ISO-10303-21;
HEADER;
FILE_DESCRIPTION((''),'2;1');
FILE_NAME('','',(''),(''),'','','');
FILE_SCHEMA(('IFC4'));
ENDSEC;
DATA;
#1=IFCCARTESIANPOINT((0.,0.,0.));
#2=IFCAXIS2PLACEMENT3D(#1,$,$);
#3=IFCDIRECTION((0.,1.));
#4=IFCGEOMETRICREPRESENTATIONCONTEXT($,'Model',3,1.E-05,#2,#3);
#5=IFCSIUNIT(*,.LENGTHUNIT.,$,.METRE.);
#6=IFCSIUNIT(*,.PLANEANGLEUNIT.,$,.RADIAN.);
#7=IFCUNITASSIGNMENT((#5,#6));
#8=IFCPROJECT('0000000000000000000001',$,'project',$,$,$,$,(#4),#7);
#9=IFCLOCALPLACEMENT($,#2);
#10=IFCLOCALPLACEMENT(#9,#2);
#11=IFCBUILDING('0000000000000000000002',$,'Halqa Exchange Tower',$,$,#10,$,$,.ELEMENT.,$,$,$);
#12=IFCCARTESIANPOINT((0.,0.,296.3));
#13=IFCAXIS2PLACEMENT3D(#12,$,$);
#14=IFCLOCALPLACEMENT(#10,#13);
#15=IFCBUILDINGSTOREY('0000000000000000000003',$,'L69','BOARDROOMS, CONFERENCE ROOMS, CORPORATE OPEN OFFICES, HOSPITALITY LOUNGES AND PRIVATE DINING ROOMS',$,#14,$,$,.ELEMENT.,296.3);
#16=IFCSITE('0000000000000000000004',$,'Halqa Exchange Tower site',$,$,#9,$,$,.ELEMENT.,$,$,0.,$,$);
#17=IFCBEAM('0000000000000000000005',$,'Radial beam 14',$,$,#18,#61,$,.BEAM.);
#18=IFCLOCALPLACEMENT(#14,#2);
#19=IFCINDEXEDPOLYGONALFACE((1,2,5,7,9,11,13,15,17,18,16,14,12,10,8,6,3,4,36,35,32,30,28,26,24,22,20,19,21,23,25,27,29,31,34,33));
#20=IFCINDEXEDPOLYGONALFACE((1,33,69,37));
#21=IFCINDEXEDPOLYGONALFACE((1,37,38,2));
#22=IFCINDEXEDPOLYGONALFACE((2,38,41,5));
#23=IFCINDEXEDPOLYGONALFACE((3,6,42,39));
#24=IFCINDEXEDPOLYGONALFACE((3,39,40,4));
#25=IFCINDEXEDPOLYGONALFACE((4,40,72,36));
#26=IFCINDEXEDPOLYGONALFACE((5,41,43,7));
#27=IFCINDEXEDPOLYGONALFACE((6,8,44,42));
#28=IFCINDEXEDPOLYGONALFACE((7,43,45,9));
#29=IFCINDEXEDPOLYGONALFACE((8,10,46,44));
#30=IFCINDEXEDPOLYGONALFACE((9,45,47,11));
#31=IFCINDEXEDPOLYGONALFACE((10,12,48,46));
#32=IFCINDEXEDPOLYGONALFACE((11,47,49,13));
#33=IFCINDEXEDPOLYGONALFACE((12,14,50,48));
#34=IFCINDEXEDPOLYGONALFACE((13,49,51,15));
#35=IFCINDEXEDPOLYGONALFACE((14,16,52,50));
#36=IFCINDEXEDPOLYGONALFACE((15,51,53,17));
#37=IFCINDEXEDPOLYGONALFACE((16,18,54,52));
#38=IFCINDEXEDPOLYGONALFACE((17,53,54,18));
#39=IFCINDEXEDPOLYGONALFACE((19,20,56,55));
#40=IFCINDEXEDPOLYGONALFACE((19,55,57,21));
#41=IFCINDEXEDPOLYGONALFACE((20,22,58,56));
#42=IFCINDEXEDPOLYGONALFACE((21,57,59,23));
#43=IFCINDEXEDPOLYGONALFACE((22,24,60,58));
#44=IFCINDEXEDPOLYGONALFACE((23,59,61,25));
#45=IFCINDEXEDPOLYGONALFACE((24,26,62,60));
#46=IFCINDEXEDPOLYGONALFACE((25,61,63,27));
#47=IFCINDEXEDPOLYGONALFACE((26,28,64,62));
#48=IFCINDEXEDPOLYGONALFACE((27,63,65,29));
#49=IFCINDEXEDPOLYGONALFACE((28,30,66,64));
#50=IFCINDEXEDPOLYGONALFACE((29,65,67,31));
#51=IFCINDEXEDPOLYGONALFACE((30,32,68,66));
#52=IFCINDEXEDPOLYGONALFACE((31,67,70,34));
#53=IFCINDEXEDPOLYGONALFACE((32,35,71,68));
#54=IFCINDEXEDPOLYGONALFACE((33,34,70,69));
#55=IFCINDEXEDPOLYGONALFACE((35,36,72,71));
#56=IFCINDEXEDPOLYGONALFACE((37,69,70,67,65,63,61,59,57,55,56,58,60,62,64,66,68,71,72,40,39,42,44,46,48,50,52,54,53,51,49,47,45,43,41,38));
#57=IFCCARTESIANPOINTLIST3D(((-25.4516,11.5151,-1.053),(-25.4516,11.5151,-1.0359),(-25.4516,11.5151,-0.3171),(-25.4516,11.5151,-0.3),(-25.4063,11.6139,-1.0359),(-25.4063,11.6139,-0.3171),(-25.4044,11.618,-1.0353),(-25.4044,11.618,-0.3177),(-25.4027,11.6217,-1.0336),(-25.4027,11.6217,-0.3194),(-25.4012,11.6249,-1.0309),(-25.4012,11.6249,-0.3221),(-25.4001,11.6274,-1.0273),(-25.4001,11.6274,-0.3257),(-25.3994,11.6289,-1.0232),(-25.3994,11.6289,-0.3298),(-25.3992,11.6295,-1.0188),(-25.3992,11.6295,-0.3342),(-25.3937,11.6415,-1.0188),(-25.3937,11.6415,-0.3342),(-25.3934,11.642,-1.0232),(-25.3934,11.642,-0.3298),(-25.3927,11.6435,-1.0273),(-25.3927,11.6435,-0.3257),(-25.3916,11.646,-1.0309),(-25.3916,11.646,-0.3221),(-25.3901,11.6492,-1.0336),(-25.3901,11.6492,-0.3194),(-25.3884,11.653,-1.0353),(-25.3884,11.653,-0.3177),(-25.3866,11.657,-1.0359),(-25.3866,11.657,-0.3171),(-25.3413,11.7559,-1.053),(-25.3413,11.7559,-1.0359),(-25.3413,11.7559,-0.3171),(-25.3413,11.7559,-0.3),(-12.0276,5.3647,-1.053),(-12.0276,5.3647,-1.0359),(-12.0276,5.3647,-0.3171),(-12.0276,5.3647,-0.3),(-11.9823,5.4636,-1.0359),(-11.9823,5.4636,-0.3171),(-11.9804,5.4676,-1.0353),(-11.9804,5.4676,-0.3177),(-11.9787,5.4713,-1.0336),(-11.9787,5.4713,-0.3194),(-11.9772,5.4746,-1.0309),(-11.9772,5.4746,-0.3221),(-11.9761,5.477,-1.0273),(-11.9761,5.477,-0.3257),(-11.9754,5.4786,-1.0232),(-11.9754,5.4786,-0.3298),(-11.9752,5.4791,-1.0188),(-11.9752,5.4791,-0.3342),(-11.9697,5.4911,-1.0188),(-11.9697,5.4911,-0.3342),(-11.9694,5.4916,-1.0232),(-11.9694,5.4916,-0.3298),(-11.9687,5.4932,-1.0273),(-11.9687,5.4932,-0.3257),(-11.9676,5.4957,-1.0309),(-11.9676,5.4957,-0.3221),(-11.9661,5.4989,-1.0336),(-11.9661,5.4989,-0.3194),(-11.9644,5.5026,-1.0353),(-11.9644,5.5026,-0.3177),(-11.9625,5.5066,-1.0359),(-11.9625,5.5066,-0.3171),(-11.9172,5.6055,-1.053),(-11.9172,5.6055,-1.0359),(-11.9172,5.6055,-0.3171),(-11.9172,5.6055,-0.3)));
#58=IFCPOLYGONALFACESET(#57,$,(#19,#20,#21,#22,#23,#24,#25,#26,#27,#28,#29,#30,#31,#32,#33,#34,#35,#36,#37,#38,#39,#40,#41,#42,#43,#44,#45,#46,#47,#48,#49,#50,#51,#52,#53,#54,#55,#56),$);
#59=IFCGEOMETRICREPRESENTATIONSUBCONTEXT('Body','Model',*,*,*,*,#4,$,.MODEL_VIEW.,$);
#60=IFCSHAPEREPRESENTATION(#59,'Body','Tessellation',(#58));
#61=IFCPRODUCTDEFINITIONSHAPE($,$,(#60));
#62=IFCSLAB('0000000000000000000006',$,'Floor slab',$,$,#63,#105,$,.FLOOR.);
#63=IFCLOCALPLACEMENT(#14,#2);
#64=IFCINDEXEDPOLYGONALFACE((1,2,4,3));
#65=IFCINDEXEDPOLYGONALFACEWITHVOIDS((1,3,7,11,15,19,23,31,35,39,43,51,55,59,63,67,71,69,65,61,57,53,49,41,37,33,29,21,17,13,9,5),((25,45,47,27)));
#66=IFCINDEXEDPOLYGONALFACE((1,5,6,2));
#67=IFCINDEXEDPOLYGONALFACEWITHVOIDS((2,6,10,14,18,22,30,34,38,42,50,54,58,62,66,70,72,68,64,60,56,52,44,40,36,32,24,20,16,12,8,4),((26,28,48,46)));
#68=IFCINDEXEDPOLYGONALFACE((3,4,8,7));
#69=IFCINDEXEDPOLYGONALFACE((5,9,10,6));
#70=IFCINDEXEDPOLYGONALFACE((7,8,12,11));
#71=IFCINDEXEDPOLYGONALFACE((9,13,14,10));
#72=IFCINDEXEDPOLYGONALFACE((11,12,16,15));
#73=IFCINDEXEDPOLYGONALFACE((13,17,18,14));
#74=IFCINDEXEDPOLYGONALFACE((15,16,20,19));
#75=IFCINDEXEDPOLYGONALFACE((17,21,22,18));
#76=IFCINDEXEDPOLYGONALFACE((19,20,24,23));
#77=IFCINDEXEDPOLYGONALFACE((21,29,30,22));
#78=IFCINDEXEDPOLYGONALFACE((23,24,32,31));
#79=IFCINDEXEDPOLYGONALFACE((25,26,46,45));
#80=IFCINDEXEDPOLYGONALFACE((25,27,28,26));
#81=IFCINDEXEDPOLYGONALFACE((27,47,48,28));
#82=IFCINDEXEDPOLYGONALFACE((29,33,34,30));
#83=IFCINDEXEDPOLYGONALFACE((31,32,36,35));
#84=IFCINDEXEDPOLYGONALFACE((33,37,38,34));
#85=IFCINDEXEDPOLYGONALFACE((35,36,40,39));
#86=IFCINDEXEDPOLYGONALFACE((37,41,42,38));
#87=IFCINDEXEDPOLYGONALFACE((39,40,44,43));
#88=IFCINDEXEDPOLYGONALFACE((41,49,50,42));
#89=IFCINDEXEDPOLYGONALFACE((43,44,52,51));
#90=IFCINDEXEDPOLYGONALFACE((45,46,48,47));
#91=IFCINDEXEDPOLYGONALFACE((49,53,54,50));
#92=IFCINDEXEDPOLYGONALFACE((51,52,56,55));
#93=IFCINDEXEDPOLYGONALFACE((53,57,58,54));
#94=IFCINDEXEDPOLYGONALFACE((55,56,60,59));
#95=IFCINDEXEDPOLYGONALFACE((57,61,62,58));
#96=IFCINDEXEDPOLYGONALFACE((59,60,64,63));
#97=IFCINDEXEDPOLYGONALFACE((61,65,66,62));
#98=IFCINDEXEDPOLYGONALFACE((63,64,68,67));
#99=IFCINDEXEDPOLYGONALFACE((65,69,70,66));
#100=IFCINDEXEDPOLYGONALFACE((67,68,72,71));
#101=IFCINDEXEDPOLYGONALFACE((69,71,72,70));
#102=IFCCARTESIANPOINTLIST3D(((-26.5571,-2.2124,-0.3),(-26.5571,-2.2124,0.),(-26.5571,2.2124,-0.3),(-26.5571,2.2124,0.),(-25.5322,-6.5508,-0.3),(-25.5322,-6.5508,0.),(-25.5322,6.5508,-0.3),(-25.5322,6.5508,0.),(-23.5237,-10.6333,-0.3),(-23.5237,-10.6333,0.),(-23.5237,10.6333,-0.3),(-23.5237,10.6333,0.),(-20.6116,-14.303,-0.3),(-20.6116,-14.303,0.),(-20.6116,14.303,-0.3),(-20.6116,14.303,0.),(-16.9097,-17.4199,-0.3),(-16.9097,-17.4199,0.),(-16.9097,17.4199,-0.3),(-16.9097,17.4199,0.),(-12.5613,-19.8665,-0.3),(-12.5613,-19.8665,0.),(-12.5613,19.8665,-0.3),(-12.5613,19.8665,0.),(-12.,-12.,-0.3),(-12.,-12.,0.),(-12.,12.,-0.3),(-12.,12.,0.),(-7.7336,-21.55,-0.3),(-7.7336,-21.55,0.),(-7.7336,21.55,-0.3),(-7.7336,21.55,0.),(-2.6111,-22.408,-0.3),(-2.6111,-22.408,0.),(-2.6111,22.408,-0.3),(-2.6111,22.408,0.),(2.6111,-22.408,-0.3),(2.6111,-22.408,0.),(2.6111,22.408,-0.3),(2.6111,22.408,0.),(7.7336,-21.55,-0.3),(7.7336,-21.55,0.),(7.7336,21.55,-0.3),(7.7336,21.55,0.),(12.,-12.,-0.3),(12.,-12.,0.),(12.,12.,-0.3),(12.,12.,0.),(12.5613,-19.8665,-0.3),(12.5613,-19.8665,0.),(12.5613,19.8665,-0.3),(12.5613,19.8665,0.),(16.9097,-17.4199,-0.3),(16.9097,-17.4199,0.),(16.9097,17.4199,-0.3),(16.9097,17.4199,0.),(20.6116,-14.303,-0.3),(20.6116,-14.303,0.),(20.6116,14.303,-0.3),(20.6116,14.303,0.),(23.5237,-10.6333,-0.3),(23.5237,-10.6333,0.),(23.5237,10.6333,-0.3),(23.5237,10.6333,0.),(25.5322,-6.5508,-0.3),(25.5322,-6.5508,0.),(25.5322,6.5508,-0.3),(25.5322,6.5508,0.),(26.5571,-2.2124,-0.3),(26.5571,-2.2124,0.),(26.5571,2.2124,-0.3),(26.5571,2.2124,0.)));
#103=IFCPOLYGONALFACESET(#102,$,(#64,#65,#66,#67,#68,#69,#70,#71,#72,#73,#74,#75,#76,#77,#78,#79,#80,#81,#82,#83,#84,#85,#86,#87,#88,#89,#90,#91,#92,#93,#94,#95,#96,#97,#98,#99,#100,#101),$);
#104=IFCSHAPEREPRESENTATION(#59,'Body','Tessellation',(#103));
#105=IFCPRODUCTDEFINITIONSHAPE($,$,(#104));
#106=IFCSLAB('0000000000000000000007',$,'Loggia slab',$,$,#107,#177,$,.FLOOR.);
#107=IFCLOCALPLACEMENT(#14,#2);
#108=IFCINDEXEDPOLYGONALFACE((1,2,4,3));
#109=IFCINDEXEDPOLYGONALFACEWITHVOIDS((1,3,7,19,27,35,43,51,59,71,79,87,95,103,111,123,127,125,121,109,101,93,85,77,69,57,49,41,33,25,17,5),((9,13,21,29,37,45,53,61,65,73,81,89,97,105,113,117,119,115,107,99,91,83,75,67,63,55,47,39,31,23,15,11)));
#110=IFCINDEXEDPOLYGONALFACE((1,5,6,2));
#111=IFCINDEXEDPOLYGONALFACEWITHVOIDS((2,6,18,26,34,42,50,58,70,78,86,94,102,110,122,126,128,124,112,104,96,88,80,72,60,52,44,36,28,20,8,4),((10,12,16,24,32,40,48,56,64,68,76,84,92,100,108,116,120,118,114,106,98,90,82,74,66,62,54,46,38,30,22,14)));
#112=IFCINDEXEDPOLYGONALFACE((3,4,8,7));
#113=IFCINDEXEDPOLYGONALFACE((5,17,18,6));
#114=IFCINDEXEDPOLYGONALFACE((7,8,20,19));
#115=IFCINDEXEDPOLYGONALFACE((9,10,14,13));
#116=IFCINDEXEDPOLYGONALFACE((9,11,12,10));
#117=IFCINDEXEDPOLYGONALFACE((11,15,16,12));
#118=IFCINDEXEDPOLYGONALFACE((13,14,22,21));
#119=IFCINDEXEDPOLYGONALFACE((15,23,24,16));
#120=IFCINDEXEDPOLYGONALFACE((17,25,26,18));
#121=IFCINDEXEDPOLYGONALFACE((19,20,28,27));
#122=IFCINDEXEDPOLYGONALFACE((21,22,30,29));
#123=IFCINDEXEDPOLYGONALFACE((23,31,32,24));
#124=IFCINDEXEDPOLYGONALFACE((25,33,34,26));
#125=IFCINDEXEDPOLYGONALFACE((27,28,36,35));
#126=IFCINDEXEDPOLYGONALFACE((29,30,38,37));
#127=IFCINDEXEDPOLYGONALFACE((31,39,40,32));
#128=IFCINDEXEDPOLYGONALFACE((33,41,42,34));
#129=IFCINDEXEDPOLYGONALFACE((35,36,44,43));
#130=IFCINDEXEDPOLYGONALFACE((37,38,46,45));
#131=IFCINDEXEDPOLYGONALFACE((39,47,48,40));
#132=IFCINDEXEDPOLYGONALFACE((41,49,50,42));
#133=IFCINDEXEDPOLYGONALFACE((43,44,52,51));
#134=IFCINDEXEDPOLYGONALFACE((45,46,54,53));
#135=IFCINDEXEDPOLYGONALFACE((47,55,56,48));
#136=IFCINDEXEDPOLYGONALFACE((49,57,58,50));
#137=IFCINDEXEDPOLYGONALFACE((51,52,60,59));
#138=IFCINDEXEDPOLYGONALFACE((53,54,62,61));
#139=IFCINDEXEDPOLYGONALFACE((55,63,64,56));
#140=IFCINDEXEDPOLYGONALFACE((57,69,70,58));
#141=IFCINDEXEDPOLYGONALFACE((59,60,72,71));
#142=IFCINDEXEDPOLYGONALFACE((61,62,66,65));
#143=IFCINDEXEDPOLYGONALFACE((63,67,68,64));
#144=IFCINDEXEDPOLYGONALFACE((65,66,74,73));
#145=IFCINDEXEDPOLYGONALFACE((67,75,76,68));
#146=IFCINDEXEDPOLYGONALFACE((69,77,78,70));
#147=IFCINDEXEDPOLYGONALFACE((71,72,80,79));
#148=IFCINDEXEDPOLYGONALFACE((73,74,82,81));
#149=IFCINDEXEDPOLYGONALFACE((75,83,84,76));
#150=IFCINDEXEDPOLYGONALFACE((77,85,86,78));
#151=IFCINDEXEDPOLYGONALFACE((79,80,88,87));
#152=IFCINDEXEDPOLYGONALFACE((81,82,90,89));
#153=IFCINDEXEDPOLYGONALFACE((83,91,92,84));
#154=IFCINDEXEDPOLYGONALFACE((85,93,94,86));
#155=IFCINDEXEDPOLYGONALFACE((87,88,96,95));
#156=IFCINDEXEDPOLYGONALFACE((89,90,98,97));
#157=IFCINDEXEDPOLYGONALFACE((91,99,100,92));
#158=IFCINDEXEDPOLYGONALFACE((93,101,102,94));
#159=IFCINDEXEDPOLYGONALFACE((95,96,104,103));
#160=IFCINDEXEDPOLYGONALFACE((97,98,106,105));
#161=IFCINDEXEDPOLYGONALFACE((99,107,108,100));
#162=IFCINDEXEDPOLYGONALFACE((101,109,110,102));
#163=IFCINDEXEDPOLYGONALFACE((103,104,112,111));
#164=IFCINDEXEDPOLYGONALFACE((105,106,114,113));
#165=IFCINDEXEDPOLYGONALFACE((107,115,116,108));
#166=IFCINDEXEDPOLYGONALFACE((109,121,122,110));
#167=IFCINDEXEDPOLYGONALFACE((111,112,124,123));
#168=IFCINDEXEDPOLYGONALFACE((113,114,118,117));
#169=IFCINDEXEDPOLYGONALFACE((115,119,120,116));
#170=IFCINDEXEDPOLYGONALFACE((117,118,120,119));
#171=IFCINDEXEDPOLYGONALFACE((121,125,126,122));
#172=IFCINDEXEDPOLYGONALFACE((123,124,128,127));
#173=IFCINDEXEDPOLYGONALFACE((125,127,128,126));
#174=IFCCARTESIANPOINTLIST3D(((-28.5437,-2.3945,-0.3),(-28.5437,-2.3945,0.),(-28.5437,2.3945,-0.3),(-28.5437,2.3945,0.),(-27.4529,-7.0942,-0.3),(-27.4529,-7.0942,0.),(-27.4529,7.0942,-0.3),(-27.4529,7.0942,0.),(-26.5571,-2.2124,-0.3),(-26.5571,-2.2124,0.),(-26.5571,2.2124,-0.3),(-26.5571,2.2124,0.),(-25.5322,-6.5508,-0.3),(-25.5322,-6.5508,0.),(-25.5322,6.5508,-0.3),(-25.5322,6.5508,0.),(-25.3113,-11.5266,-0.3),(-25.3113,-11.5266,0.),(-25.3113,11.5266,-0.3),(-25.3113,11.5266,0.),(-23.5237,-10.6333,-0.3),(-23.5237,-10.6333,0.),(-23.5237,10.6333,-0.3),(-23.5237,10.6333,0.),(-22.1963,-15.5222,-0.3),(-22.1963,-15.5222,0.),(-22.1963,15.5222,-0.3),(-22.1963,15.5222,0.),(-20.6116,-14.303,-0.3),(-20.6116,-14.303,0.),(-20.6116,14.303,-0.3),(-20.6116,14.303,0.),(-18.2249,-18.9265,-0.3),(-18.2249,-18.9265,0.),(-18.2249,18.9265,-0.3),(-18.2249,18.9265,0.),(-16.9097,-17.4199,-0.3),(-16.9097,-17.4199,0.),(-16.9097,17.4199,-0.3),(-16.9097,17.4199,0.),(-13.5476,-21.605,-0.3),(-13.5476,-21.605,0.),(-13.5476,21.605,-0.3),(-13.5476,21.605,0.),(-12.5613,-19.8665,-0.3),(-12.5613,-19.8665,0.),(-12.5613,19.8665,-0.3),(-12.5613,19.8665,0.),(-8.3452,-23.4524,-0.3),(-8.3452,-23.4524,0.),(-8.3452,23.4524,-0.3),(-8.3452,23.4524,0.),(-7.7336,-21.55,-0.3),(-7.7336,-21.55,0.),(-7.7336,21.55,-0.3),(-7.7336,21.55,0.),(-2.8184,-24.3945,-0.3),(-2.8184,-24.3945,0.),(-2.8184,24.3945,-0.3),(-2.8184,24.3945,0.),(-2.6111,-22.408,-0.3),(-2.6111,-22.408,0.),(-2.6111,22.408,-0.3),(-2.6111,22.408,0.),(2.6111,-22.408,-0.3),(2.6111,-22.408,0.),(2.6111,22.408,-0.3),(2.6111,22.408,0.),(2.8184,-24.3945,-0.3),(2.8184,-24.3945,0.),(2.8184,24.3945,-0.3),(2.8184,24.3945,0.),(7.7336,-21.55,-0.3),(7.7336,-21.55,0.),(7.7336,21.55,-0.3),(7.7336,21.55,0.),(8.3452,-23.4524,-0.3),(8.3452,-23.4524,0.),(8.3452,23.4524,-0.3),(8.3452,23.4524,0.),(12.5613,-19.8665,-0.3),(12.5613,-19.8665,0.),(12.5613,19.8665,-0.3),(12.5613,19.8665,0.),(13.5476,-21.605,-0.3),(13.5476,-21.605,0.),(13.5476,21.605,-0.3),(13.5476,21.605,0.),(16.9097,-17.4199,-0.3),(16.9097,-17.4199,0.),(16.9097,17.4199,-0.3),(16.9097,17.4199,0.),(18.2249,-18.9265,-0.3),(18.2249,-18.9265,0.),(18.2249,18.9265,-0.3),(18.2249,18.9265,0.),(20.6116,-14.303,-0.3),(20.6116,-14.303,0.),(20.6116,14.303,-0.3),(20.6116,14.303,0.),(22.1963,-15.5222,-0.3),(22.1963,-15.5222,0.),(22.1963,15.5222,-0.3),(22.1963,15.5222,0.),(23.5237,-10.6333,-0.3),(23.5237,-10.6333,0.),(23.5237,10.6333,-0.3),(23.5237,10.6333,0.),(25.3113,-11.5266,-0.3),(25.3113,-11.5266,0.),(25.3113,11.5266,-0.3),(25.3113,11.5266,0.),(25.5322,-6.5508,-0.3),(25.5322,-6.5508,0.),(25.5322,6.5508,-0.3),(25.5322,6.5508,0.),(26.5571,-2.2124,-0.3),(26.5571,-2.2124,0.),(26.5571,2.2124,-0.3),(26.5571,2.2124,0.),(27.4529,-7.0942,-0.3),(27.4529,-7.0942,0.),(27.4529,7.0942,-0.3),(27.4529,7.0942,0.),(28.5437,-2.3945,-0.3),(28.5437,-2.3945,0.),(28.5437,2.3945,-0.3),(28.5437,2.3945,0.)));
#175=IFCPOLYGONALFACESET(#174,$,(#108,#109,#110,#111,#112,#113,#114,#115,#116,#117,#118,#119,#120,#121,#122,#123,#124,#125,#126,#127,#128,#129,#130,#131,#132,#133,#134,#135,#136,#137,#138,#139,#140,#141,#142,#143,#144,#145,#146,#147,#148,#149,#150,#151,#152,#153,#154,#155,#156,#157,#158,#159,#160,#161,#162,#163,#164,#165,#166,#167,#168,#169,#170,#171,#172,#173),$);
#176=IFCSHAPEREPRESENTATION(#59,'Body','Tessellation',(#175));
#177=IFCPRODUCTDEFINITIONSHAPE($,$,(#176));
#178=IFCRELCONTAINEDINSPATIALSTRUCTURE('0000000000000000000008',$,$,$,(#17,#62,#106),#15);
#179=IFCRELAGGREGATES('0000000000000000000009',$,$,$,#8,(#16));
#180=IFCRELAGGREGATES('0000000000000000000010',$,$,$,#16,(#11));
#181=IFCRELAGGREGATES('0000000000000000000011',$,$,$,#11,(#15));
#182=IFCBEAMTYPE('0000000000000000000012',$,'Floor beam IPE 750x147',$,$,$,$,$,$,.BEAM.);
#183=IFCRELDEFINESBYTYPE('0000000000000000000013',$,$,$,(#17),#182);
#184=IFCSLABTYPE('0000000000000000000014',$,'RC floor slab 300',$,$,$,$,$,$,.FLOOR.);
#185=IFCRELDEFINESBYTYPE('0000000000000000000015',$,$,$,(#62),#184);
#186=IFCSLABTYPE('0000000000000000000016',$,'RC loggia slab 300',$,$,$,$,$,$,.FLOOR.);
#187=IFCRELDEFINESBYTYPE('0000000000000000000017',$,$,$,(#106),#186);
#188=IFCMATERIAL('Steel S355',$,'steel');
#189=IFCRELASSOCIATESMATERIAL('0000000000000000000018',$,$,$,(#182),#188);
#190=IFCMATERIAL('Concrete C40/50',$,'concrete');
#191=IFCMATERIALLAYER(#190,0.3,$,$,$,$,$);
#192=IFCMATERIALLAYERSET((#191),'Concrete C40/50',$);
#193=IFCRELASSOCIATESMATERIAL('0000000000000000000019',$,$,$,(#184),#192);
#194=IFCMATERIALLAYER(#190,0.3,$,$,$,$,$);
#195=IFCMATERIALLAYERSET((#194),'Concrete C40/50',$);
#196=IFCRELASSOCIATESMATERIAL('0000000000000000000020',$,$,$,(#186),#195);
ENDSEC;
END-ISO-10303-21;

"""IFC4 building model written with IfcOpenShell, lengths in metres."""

from ifc_helpers import new_model, si_unit, direction, frame, origin, origin_2d, place, context, subcontext, project, spatial, polyline, i_section, outline, extrude, material, layer, layer_set, material_profile, profile_set, type_object, element, save


model = new_model("IFC4")

# Units and contexts
model_context = context("Model", 3, precision=1e-05, world=origin(), true_north=direction((0.0, 1.0)))
body_context = subcontext(model_context, "Body", "Model", "MODEL_VIEW")
ifc_project = project(units=[si_unit("LENGTHUNIT", "METRE"), si_unit("PLANEANGLEUNIT", "RADIAN")], contexts=[model_context])

# Site, building, storey
site_placement = place(None, origin())
site = spatial("IfcSite", under=ifc_project, at=site_placement, Name="Halqa Exchange Tower site", CompositionType="ELEMENT", RefElevation=0.0)
building_placement = place(site_placement, origin())
building = spatial("IfcBuilding", under=site, at=building_placement, Name="Halqa Exchange Tower", CompositionType="ELEMENT")
storey_placement = place(building_placement, frame((0.0, 0.0, 296.3)))
storey = spatial("IfcBuildingStorey", under=building, at=storey_placement, Name="L69", Description="BOARDROOMS, CONFERENCE ROOMS, CORPORATE OPEN OFFICES, HOSPITALITY LOUNGES AND PRIVATE DINING ROOMS", CompositionType="ELEMENT", Elevation=296.3)

# Beam
ifc_material_1 = material(Name="Steel S355", Category="steel")
ifc_material_profile = material_profile(ifc_material_1, i_section(OverallWidth=0.2649, OverallDepth=0.7529, WebThickness=0.0132, FlangeThickness=0.0171, FilletRadius=0.0171, at=origin_2d()), Name="IPE 750x147")
ifc_profile_set = profile_set([ifc_material_profile], Name="Steel S355")
beam_type = type_object("IfcBeamType", Name="Floor beam IPE 750x147", PredefinedType="BEAM", material=ifc_profile_set)
beam_placement = place(storey_placement, frame((-11.9724, 5.4851, -0.6765), z_axis=(-0.909124, 0.416525, 0.0), x_axis=(-0.416525, -0.909124, 0.0)))
element("IfcBeam", 1, at=beam_placement, inside=storey, type_object=beam_type, Name="Radial beam 14", PredefinedType="BEAM", context=body_context, shape_type="SweptSolid", body=[
    extrude(i_section(OverallWidth=0.2649, OverallDepth=0.7529, WebThickness=0.0132, FlangeThickness=0.0171, FilletRadius=0.0171, at=origin_2d()), origin(), (0.0, 0.0, 1.0), 14.7659),
])

# Slabs
ifc_material_2 = material(Name="Concrete C40/50", Category="concrete")
ifc_layer_1 = layer(ifc_material_2, 0.3)
ifc_layer_set_1 = layer_set([ifc_layer_1], Name="Concrete C40/50")
slab_type_1 = type_object("IfcSlabType", Name="RC floor slab 300", PredefinedType="FLOOR", material=ifc_layer_set_1)
slab_1_placement = place(storey_placement, frame((0.0, 0.0, -0.3)))
element("IfcSlab", 2, at=slab_1_placement, inside=storey, type_object=slab_type_1, Name="Floor slab", PredefinedType="FLOOR", context=body_context, shape_type="SweptSolid", body=[
    extrude(outline(polyline([(26.5571, 2.2124), (25.5322, 6.5508), (23.5237, 10.6333), (20.6116, 14.303), (16.9097, 17.4199), (12.5613, 19.8665), (7.7336, 21.55), (2.6111, 22.408), (-2.6111, 22.408), (-7.7336, 21.55), (-12.5613, 19.8665), (-16.9097, 17.4199), (-20.6116, 14.303), (-23.5237, 10.6333), (-25.5322, 6.5508), (-26.5571, 2.2124), (-26.5571, -2.2124), (-25.5322, -6.5508), (-23.5237, -10.6333), (-20.6116, -14.303), (-16.9097, -17.4199), (-12.5613, -19.8665), (-7.7336, -21.55), (-2.6111, -22.408), (2.6111, -22.408), (7.7336, -21.55), (12.5613, -19.8665), (16.9097, -17.4199), (20.6116, -14.303), (23.5237, -10.6333), (25.5322, -6.5508), (26.5571, -2.2124), (26.5571, 2.2124)]), holes=[polyline([(-12.0, -12.0), (12.0, -12.0), (12.0, 12.0), (-12.0, 12.0), (-12.0, -12.0)])]), origin(), (0.0, 0.0, 1.0), 0.3),
])
ifc_layer_2 = layer(ifc_material_2, 0.3)
ifc_layer_set_2 = layer_set([ifc_layer_2], Name="Concrete C40/50")
slab_type_2 = type_object("IfcSlabType", Name="RC loggia slab 300", PredefinedType="FLOOR", material=ifc_layer_set_2)
slab_2_placement = place(storey_placement, frame((0.0, 0.0, -0.3)))
element("IfcSlab", 3, at=slab_2_placement, inside=storey, type_object=slab_type_2, Name="Loggia slab", PredefinedType="FLOOR", context=body_context, shape_type="SweptSolid", body=[
    extrude(outline(polyline([(28.5437, 2.3945), (28.5437, -2.3945), (27.4529, -7.0942), (25.3113, -11.5266), (22.1963, -15.5222), (18.2249, -18.9265), (13.5476, -21.605), (8.3452, -23.4524), (2.8184, -24.3945), (-2.8184, -24.3945), (-8.3452, -23.4524), (-13.5476, -21.605), (-18.2249, -18.9265), (-22.1963, -15.5222), (-25.3113, -11.5266), (-27.4529, -7.0942), (-28.5437, -2.3945), (-28.5437, 2.3945), (-27.4529, 7.0942), (-25.3113, 11.5266), (-22.1963, 15.5222), (-18.2249, 18.9265), (-13.5476, 21.605), (-8.3452, 23.4524), (-2.8184, 24.3945), (2.8184, 24.3945), (8.3452, 23.4524), (13.5476, 21.605), (18.2249, 18.9265), (22.1963, 15.5222), (25.3113, 11.5266), (27.4529, 7.0942), (28.5437, 2.3945)]), holes=[polyline([(26.5571, 2.2124), (25.5322, 6.5508), (23.5237, 10.6333), (20.6116, 14.303), (16.9097, 17.4199), (12.5613, 19.8665), (7.7336, 21.55), (2.6111, 22.408), (-2.6111, 22.408), (-7.7336, 21.55), (-12.5613, 19.8665), (-16.9097, 17.4199), (-20.6116, 14.303), (-23.5237, 10.6333), (-25.5322, 6.5508), (-26.5571, 2.2124), (-26.5571, -2.2124), (-25.5322, -6.5508), (-23.5237, -10.6333), (-20.6116, -14.303), (-16.9097, -17.4199), (-12.5613, -19.8665), (-7.7336, -21.55), (-2.6111, -22.408), (2.6111, -22.408), (7.7336, -21.55), (12.5613, -19.8665), (16.9097, -17.4199), (20.6116, -14.303), (23.5237, -10.6333), (25.5322, -6.5508), (26.5571, -2.2124), (26.5571, 2.2124)])]), origin(), (0.0, 0.0, 1.0), 0.3),
])

save(model, "model.ifc")
